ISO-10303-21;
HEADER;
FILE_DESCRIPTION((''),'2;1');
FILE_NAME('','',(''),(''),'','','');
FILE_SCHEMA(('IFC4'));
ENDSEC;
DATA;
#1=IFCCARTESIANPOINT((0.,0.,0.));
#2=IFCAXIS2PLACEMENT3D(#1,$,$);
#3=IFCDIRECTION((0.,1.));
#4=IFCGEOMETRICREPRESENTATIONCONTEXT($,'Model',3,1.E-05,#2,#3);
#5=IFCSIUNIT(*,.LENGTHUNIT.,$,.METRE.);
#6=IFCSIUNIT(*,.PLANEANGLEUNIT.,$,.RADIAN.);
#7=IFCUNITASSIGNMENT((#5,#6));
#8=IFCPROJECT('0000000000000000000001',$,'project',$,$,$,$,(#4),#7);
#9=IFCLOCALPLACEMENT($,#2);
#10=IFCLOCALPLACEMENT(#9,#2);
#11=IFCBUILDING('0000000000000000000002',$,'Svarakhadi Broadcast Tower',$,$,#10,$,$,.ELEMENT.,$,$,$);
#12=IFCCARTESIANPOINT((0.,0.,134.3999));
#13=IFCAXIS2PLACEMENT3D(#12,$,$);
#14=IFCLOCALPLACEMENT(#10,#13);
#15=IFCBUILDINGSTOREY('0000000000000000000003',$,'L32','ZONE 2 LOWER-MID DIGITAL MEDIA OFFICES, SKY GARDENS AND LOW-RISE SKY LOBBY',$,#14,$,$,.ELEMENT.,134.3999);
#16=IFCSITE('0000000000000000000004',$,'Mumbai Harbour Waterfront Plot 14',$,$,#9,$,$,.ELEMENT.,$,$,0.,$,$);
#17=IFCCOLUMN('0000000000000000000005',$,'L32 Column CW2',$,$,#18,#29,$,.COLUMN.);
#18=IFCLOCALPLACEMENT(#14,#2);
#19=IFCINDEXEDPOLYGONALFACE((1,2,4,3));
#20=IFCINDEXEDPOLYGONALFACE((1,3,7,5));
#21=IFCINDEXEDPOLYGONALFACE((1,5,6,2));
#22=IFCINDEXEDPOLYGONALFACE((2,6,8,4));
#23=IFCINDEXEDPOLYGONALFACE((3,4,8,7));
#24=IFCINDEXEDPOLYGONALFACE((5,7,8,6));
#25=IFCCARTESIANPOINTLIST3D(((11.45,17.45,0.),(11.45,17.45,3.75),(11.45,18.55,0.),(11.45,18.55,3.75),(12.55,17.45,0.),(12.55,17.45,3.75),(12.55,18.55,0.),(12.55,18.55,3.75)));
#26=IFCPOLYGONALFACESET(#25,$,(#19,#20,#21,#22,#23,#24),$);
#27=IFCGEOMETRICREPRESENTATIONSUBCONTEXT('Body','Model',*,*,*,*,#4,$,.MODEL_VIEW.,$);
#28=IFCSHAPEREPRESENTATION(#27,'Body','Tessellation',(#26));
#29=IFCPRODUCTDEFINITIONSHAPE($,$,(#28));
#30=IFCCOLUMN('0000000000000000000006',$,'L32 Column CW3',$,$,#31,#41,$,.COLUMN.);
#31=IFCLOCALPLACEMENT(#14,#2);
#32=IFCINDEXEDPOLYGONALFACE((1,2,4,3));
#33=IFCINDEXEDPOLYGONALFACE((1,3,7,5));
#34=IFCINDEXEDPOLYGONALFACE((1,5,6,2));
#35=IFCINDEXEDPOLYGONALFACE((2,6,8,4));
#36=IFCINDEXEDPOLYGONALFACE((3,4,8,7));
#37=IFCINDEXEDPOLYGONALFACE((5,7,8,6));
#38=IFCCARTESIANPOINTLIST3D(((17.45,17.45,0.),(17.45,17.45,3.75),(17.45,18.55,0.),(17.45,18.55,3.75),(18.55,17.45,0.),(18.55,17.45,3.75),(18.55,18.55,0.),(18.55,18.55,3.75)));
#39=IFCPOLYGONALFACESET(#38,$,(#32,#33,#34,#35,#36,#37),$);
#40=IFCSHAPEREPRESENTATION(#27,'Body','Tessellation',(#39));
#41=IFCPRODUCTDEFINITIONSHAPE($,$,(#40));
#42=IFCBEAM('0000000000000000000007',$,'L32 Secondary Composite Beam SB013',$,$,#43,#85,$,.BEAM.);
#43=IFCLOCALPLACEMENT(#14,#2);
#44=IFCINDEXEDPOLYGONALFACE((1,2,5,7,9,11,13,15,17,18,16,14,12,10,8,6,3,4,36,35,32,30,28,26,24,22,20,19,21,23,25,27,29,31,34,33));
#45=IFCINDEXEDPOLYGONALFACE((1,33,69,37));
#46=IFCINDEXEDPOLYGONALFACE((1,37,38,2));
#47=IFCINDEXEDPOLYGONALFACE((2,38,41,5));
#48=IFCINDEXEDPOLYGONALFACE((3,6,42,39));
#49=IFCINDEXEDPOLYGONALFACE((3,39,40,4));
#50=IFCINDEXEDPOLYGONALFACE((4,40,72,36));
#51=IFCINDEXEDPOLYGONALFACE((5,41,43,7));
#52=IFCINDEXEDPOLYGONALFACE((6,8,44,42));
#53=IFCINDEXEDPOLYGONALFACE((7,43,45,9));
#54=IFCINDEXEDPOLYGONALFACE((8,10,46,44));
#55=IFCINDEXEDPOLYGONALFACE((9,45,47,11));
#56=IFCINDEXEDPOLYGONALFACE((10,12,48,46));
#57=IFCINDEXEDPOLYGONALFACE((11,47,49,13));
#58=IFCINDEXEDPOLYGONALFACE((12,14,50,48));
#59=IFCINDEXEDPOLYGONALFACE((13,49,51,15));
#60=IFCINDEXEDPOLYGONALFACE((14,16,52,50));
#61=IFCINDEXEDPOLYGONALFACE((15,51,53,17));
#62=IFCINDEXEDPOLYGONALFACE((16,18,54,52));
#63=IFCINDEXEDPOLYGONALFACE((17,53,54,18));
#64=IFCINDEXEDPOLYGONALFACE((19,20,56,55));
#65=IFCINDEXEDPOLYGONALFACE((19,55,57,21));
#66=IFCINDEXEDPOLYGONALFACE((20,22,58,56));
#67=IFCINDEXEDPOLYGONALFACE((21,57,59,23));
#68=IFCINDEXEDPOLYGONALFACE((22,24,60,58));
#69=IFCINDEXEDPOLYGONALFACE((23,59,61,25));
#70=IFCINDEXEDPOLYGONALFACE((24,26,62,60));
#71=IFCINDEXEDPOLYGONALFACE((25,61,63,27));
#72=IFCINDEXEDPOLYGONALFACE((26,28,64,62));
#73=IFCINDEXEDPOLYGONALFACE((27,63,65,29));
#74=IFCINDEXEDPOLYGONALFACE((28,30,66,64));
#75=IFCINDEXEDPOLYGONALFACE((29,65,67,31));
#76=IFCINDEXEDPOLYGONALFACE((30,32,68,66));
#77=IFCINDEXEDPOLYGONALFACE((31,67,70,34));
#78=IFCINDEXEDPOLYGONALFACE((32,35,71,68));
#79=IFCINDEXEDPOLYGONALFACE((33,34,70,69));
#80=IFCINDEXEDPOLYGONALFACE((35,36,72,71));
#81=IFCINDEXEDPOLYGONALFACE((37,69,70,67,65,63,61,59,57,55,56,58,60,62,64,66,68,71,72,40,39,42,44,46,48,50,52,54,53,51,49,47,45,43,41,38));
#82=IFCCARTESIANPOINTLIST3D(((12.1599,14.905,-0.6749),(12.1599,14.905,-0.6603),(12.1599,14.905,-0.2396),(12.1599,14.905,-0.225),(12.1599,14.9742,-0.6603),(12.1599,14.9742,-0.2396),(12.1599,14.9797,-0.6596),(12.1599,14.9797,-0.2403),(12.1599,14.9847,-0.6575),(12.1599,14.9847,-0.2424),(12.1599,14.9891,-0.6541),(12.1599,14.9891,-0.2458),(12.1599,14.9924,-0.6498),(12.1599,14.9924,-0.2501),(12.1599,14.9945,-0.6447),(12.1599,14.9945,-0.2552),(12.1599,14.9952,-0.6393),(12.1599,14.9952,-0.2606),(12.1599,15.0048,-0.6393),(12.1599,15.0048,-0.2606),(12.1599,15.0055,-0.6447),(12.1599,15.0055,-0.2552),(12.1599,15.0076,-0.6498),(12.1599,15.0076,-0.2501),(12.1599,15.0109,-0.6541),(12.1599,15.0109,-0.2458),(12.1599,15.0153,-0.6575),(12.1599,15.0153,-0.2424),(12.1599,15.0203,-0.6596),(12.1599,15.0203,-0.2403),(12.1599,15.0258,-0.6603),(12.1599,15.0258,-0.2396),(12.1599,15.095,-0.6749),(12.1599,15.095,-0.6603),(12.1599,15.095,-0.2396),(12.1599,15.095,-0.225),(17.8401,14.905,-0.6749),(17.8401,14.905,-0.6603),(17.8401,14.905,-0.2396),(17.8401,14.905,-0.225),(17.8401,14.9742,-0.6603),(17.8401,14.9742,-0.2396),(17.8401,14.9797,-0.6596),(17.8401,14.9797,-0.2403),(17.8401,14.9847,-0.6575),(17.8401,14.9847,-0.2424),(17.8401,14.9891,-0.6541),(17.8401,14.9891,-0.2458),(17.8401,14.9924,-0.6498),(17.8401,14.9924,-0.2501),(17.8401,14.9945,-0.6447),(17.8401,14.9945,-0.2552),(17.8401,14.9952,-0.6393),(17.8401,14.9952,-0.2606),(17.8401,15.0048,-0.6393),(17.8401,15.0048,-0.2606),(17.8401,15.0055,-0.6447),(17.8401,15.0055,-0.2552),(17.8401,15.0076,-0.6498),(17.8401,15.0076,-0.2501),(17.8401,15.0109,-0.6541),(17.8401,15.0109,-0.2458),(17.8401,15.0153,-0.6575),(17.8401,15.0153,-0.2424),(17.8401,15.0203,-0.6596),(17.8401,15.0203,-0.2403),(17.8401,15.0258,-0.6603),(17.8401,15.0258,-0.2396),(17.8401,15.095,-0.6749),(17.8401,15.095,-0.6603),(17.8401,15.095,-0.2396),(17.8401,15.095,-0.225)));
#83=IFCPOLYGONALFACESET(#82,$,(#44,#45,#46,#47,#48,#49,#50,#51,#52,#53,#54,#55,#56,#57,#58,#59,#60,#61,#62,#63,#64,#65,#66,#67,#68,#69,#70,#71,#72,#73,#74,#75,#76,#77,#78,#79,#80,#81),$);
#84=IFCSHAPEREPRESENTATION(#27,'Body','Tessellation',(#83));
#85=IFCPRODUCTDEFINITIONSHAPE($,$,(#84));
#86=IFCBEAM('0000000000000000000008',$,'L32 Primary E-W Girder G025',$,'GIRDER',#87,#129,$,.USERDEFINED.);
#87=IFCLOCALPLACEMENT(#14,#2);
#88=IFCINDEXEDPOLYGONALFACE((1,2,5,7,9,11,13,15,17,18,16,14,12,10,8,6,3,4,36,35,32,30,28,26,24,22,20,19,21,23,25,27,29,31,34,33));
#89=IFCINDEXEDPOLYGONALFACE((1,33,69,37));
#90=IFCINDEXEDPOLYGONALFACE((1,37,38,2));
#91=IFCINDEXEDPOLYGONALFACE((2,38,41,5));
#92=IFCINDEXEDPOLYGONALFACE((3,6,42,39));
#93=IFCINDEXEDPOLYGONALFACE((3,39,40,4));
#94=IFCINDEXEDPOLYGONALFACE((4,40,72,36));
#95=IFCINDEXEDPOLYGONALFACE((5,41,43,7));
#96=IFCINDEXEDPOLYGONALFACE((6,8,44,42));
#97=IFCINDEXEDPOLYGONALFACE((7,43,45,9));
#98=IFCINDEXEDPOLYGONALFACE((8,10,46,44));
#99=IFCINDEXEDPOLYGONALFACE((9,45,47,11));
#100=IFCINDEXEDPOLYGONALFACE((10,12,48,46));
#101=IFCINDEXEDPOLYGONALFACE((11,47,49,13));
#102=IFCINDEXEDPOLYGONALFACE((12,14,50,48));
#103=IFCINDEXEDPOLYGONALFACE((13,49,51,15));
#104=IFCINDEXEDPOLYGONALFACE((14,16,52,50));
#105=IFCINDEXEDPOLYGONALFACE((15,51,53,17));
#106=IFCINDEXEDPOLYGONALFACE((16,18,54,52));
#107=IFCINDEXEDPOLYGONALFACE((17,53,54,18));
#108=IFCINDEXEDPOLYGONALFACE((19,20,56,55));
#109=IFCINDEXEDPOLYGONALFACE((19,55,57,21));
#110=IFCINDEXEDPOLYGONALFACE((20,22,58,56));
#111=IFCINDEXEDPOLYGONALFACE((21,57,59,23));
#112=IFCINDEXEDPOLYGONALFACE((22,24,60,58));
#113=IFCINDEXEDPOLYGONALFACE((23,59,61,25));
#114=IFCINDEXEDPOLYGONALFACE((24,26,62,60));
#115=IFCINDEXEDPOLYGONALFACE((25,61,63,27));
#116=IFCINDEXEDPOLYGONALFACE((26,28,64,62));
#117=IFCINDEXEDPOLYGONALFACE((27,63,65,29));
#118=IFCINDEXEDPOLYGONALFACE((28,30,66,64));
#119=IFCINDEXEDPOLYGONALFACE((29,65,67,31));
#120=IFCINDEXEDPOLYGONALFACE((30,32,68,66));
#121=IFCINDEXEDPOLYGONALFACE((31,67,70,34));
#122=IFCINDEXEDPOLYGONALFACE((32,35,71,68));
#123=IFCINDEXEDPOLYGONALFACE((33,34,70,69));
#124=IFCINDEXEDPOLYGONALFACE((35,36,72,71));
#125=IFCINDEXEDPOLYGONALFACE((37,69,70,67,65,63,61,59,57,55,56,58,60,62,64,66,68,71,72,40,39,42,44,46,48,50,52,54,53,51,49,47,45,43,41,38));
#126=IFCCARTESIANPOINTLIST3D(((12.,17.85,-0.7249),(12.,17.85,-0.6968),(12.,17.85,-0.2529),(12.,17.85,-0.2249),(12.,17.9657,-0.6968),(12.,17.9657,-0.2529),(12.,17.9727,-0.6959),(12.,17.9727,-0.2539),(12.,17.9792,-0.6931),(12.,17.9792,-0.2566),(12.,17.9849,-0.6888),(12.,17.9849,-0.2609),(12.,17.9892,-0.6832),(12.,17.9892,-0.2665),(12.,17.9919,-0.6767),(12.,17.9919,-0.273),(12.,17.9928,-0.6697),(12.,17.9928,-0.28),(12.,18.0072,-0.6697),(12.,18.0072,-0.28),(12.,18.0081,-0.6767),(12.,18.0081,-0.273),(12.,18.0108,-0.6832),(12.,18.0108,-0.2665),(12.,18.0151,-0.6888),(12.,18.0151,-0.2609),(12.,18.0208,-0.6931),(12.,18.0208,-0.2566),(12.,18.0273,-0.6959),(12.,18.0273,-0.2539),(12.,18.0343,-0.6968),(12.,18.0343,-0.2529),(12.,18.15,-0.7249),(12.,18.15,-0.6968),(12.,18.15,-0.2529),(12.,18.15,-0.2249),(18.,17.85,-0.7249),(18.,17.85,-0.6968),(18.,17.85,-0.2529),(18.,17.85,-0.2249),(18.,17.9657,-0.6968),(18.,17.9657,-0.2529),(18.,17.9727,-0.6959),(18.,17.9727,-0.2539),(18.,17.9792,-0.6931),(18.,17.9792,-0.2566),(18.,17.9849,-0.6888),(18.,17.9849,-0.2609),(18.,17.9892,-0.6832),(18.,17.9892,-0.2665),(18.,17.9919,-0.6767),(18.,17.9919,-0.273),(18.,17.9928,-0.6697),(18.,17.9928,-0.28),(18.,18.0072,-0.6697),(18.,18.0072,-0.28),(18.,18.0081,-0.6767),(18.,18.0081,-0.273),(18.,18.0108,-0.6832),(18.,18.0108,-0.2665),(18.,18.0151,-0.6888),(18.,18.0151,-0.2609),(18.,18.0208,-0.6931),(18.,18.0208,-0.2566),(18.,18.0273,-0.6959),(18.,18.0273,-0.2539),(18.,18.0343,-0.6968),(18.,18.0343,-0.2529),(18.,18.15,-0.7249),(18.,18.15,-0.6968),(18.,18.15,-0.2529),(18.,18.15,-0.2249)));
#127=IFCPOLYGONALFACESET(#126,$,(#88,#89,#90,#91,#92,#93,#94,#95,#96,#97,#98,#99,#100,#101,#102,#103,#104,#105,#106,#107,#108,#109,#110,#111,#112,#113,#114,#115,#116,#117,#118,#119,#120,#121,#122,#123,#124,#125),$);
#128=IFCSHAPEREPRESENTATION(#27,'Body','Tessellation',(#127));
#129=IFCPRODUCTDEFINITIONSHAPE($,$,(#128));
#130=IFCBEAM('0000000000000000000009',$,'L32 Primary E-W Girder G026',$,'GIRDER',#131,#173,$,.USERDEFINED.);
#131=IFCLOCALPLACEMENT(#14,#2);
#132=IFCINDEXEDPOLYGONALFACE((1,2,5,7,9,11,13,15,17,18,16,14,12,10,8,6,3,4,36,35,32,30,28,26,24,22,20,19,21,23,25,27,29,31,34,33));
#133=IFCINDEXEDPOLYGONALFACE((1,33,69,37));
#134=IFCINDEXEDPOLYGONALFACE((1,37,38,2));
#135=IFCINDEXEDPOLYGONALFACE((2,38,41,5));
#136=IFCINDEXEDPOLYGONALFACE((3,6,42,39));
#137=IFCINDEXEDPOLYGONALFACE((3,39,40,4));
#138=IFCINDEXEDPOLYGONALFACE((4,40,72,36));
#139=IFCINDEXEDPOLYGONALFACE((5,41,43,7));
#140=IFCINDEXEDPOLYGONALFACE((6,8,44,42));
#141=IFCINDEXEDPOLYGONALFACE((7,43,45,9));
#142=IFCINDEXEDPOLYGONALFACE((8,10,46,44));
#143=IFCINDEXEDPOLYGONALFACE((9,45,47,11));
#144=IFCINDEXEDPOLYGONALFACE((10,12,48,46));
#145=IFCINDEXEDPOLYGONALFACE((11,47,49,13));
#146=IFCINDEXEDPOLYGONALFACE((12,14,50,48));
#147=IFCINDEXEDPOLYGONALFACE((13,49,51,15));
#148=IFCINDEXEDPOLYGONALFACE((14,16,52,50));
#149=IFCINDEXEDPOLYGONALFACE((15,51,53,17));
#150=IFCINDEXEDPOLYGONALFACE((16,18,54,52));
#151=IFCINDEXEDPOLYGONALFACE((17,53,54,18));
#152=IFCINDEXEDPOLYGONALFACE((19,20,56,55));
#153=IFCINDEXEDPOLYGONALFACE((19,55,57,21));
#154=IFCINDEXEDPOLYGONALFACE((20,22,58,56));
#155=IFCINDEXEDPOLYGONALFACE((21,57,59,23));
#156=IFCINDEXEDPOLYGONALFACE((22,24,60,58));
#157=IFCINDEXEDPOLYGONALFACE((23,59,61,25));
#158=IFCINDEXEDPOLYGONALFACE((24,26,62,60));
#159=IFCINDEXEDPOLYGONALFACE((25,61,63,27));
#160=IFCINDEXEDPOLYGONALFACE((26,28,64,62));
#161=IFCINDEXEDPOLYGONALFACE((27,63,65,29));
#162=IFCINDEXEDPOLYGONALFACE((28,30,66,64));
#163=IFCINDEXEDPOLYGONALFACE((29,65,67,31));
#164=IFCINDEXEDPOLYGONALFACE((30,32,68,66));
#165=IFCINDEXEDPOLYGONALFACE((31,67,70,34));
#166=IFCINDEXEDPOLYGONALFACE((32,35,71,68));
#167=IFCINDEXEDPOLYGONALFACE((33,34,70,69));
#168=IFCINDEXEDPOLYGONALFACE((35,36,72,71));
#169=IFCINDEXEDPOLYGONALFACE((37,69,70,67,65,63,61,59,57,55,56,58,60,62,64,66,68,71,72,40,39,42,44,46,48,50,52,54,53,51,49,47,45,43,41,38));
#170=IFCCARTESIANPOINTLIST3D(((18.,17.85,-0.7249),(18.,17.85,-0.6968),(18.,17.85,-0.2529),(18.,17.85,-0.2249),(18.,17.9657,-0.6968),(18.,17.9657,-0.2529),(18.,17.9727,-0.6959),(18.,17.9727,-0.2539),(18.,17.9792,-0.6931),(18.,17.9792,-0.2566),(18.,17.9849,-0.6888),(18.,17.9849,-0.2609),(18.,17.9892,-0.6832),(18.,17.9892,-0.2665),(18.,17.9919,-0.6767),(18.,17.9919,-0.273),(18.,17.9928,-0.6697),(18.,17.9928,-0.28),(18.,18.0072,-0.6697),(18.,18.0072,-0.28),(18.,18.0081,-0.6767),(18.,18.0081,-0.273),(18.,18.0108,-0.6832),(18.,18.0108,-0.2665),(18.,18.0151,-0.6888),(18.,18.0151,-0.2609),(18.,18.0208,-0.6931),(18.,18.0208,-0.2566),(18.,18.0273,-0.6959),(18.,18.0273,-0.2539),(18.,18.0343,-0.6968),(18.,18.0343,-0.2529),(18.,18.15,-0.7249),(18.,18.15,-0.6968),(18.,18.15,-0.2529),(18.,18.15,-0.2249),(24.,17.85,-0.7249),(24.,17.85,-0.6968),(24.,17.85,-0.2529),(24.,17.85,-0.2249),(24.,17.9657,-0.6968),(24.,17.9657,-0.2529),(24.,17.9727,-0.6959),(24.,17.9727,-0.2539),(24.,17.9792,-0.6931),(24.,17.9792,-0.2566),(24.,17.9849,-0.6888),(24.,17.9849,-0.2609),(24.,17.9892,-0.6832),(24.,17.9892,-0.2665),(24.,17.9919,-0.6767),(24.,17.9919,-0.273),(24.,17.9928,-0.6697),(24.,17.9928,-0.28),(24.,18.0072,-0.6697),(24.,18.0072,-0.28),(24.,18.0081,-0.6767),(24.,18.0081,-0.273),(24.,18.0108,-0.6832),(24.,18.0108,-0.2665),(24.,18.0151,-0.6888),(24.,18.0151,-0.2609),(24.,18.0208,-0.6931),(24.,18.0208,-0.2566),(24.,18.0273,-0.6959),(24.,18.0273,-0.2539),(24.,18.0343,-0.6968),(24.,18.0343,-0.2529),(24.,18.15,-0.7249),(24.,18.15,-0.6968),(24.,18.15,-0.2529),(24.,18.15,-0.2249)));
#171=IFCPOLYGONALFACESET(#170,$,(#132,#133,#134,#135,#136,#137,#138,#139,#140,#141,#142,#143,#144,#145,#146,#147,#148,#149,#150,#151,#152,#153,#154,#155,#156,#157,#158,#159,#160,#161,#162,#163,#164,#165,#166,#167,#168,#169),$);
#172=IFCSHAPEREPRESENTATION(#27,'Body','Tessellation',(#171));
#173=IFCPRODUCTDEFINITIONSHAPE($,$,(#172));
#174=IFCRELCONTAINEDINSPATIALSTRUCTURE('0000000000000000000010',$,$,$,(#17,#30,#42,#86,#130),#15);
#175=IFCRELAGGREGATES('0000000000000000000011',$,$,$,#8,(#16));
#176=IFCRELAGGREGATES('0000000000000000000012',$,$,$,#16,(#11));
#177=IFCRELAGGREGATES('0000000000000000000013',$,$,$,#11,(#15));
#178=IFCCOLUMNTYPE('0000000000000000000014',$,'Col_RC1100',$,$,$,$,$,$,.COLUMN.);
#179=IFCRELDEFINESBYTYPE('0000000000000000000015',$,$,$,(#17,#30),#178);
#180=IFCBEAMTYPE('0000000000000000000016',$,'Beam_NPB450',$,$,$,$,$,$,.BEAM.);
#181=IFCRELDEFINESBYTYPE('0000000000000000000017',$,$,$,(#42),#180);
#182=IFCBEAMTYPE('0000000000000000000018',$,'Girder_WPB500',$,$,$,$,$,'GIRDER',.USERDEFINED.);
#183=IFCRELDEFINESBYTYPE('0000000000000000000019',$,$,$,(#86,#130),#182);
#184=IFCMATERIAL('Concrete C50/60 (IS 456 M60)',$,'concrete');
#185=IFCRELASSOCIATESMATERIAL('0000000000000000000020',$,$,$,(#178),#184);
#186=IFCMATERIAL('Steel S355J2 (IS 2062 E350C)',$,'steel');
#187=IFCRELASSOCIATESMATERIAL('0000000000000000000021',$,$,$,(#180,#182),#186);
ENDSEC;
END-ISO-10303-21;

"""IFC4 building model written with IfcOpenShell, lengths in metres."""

from ifc_helpers import new_model, si_unit, direction, frame, origin, origin_2d, place, context, subcontext, project, spatial, rectangle, i_section, extrude, material, material_profile, profile_set, type_object, element, save


model = new_model("IFC4")

# Units and contexts
model_context = context("Model", 3, precision=1e-05, world=origin(), true_north=direction((0.0, 1.0)))
body_context = subcontext(model_context, "Body", "Model", "MODEL_VIEW")
ifc_project = project(units=[si_unit("LENGTHUNIT", "METRE"), si_unit("PLANEANGLEUNIT", "RADIAN")], contexts=[model_context])

# Site, building, storey
site_placement = place(None, origin())
site = spatial("IfcSite", under=ifc_project, at=site_placement, Name="Mumbai Harbour Waterfront Plot 14", CompositionType="ELEMENT", RefElevation=0.0)
building_placement = place(site_placement, origin())
building = spatial("IfcBuilding", under=site, at=building_placement, Name="Svarakhadi Broadcast Tower", CompositionType="ELEMENT")
storey_placement = place(building_placement, frame((0.0, 0.0, 134.3999)))
storey = spatial("IfcBuildingStorey", under=building, at=storey_placement, Name="L32", Description="ZONE 2 LOWER-MID DIGITAL MEDIA OFFICES, SKY GARDENS AND LOW-RISE SKY LOBBY", CompositionType="ELEMENT", Elevation=134.3999)

# Columns
ifc_material_1 = material(Name="Concrete C50/60 (IS 456 M60)", Category="concrete")
ifc_material_profile_1 = material_profile(ifc_material_1, rectangle(XDim=1.1001, YDim=1.1001, at=origin_2d()), Name="RC 1100x1100")
ifc_profile_set_1 = profile_set([ifc_material_profile_1], Name="Concrete C50/60 (IS 456 M60)")
column_type = type_object("IfcColumnType", Name="Col_RC1100", PredefinedType="COLUMN", material=ifc_profile_set_1)
for number, where, z_axis, x_axis, name in (
    (1, (12.0, 18.0, 0.0), (0.0, 0.0, 1.0), (1.0, 0.0, 0.0), "L32 Column CW2"),
    (2, (18.0, 18.0, 0.0), (0.0, 0.0, 1.0), (1.0, 0.0, 0.0), "L32 Column CW3"),
):
    element("IfcColumn", number, at=place(storey_placement, frame(where, z_axis=z_axis, x_axis=x_axis)), inside=storey, type_object=column_type, Name=name, PredefinedType="COLUMN", context=body_context, shape_type="SweptSolid", body=[
        extrude(rectangle(XDim=1.1001, YDim=1.1001, at=origin_2d()), origin(), (0.0, 0.0, 1.0), 3.75),
    ])

# Beams
ifc_material_2 = material(Name="Steel S355J2 (IS 2062 E350C)", Category="steel")
ifc_material_profile_2 = material_profile(ifc_material_2, i_section(OverallWidth=0.1899, OverallDepth=0.45, WebThickness=0.0095, FlangeThickness=0.0146, FilletRadius=0.021, at=origin_2d()), Name="NPB 450x190x78")
ifc_profile_set_2 = profile_set([ifc_material_profile_2], Name="Steel S355J2 (IS 2062 E350C)")
beam_type_1 = type_object("IfcBeamType", Name="Beam_NPB450", PredefinedType="BEAM", material=ifc_profile_set_2)
beam_1_placement = place(storey_placement, frame((12.1599, 15.0, -0.45), z_axis=(1.0, 0.0, 0.0), x_axis=(0.0, 1.0, 0.0)))
element("IfcBeam", 3, at=beam_1_placement, inside=storey, type_object=beam_type_1, Name="L32 Secondary Composite Beam SB013", PredefinedType="BEAM", context=body_context, shape_type="SweptSolid", body=[
    extrude(i_section(OverallWidth=0.1899, OverallDepth=0.45, WebThickness=0.0095, FlangeThickness=0.0146, FilletRadius=0.021, at=origin_2d()), origin(), (0.0, 0.0, 1.0), 5.6802),
])
ifc_material_profile_3 = material_profile(ifc_material_2, i_section(OverallWidth=0.3, OverallDepth=0.5, WebThickness=0.0144, FlangeThickness=0.0281, FilletRadius=0.0271, at=origin_2d()), Name="WPB 500x300x187")
ifc_profile_set_3 = profile_set([ifc_material_profile_3], Name="Steel S355J2 (IS 2062 E350C)")
beam_type_2 = type_object("IfcBeamType", Name="Girder_WPB500", ElementType="GIRDER", PredefinedType="USERDEFINED", material=ifc_profile_set_3)
for number, where, z_axis, x_axis, name in (
    (4, (12.0, 18.0, -0.4749), (1.0, 0.0, 0.0), (0.0, 1.0, 0.0), "L32 Primary E-W Girder G025"),
    (5, (18.0, 18.0, -0.4749), (1.0, 0.0, 0.0), (0.0, 1.0, 0.0), "L32 Primary E-W Girder G026"),
):
    element("IfcBeam", number, at=place(storey_placement, frame(where, z_axis=z_axis, x_axis=x_axis)), inside=storey, type_object=beam_type_2, Name=name, ObjectType="GIRDER", PredefinedType="USERDEFINED", context=body_context, shape_type="SweptSolid", body=[
        extrude(i_section(OverallWidth=0.3, OverallDepth=0.5, WebThickness=0.0144, FlangeThickness=0.0281, FilletRadius=0.0271, at=origin_2d()), origin(), (0.0, 0.0, 1.0), 6.0),
    ])

save(model, "model.ifc")
